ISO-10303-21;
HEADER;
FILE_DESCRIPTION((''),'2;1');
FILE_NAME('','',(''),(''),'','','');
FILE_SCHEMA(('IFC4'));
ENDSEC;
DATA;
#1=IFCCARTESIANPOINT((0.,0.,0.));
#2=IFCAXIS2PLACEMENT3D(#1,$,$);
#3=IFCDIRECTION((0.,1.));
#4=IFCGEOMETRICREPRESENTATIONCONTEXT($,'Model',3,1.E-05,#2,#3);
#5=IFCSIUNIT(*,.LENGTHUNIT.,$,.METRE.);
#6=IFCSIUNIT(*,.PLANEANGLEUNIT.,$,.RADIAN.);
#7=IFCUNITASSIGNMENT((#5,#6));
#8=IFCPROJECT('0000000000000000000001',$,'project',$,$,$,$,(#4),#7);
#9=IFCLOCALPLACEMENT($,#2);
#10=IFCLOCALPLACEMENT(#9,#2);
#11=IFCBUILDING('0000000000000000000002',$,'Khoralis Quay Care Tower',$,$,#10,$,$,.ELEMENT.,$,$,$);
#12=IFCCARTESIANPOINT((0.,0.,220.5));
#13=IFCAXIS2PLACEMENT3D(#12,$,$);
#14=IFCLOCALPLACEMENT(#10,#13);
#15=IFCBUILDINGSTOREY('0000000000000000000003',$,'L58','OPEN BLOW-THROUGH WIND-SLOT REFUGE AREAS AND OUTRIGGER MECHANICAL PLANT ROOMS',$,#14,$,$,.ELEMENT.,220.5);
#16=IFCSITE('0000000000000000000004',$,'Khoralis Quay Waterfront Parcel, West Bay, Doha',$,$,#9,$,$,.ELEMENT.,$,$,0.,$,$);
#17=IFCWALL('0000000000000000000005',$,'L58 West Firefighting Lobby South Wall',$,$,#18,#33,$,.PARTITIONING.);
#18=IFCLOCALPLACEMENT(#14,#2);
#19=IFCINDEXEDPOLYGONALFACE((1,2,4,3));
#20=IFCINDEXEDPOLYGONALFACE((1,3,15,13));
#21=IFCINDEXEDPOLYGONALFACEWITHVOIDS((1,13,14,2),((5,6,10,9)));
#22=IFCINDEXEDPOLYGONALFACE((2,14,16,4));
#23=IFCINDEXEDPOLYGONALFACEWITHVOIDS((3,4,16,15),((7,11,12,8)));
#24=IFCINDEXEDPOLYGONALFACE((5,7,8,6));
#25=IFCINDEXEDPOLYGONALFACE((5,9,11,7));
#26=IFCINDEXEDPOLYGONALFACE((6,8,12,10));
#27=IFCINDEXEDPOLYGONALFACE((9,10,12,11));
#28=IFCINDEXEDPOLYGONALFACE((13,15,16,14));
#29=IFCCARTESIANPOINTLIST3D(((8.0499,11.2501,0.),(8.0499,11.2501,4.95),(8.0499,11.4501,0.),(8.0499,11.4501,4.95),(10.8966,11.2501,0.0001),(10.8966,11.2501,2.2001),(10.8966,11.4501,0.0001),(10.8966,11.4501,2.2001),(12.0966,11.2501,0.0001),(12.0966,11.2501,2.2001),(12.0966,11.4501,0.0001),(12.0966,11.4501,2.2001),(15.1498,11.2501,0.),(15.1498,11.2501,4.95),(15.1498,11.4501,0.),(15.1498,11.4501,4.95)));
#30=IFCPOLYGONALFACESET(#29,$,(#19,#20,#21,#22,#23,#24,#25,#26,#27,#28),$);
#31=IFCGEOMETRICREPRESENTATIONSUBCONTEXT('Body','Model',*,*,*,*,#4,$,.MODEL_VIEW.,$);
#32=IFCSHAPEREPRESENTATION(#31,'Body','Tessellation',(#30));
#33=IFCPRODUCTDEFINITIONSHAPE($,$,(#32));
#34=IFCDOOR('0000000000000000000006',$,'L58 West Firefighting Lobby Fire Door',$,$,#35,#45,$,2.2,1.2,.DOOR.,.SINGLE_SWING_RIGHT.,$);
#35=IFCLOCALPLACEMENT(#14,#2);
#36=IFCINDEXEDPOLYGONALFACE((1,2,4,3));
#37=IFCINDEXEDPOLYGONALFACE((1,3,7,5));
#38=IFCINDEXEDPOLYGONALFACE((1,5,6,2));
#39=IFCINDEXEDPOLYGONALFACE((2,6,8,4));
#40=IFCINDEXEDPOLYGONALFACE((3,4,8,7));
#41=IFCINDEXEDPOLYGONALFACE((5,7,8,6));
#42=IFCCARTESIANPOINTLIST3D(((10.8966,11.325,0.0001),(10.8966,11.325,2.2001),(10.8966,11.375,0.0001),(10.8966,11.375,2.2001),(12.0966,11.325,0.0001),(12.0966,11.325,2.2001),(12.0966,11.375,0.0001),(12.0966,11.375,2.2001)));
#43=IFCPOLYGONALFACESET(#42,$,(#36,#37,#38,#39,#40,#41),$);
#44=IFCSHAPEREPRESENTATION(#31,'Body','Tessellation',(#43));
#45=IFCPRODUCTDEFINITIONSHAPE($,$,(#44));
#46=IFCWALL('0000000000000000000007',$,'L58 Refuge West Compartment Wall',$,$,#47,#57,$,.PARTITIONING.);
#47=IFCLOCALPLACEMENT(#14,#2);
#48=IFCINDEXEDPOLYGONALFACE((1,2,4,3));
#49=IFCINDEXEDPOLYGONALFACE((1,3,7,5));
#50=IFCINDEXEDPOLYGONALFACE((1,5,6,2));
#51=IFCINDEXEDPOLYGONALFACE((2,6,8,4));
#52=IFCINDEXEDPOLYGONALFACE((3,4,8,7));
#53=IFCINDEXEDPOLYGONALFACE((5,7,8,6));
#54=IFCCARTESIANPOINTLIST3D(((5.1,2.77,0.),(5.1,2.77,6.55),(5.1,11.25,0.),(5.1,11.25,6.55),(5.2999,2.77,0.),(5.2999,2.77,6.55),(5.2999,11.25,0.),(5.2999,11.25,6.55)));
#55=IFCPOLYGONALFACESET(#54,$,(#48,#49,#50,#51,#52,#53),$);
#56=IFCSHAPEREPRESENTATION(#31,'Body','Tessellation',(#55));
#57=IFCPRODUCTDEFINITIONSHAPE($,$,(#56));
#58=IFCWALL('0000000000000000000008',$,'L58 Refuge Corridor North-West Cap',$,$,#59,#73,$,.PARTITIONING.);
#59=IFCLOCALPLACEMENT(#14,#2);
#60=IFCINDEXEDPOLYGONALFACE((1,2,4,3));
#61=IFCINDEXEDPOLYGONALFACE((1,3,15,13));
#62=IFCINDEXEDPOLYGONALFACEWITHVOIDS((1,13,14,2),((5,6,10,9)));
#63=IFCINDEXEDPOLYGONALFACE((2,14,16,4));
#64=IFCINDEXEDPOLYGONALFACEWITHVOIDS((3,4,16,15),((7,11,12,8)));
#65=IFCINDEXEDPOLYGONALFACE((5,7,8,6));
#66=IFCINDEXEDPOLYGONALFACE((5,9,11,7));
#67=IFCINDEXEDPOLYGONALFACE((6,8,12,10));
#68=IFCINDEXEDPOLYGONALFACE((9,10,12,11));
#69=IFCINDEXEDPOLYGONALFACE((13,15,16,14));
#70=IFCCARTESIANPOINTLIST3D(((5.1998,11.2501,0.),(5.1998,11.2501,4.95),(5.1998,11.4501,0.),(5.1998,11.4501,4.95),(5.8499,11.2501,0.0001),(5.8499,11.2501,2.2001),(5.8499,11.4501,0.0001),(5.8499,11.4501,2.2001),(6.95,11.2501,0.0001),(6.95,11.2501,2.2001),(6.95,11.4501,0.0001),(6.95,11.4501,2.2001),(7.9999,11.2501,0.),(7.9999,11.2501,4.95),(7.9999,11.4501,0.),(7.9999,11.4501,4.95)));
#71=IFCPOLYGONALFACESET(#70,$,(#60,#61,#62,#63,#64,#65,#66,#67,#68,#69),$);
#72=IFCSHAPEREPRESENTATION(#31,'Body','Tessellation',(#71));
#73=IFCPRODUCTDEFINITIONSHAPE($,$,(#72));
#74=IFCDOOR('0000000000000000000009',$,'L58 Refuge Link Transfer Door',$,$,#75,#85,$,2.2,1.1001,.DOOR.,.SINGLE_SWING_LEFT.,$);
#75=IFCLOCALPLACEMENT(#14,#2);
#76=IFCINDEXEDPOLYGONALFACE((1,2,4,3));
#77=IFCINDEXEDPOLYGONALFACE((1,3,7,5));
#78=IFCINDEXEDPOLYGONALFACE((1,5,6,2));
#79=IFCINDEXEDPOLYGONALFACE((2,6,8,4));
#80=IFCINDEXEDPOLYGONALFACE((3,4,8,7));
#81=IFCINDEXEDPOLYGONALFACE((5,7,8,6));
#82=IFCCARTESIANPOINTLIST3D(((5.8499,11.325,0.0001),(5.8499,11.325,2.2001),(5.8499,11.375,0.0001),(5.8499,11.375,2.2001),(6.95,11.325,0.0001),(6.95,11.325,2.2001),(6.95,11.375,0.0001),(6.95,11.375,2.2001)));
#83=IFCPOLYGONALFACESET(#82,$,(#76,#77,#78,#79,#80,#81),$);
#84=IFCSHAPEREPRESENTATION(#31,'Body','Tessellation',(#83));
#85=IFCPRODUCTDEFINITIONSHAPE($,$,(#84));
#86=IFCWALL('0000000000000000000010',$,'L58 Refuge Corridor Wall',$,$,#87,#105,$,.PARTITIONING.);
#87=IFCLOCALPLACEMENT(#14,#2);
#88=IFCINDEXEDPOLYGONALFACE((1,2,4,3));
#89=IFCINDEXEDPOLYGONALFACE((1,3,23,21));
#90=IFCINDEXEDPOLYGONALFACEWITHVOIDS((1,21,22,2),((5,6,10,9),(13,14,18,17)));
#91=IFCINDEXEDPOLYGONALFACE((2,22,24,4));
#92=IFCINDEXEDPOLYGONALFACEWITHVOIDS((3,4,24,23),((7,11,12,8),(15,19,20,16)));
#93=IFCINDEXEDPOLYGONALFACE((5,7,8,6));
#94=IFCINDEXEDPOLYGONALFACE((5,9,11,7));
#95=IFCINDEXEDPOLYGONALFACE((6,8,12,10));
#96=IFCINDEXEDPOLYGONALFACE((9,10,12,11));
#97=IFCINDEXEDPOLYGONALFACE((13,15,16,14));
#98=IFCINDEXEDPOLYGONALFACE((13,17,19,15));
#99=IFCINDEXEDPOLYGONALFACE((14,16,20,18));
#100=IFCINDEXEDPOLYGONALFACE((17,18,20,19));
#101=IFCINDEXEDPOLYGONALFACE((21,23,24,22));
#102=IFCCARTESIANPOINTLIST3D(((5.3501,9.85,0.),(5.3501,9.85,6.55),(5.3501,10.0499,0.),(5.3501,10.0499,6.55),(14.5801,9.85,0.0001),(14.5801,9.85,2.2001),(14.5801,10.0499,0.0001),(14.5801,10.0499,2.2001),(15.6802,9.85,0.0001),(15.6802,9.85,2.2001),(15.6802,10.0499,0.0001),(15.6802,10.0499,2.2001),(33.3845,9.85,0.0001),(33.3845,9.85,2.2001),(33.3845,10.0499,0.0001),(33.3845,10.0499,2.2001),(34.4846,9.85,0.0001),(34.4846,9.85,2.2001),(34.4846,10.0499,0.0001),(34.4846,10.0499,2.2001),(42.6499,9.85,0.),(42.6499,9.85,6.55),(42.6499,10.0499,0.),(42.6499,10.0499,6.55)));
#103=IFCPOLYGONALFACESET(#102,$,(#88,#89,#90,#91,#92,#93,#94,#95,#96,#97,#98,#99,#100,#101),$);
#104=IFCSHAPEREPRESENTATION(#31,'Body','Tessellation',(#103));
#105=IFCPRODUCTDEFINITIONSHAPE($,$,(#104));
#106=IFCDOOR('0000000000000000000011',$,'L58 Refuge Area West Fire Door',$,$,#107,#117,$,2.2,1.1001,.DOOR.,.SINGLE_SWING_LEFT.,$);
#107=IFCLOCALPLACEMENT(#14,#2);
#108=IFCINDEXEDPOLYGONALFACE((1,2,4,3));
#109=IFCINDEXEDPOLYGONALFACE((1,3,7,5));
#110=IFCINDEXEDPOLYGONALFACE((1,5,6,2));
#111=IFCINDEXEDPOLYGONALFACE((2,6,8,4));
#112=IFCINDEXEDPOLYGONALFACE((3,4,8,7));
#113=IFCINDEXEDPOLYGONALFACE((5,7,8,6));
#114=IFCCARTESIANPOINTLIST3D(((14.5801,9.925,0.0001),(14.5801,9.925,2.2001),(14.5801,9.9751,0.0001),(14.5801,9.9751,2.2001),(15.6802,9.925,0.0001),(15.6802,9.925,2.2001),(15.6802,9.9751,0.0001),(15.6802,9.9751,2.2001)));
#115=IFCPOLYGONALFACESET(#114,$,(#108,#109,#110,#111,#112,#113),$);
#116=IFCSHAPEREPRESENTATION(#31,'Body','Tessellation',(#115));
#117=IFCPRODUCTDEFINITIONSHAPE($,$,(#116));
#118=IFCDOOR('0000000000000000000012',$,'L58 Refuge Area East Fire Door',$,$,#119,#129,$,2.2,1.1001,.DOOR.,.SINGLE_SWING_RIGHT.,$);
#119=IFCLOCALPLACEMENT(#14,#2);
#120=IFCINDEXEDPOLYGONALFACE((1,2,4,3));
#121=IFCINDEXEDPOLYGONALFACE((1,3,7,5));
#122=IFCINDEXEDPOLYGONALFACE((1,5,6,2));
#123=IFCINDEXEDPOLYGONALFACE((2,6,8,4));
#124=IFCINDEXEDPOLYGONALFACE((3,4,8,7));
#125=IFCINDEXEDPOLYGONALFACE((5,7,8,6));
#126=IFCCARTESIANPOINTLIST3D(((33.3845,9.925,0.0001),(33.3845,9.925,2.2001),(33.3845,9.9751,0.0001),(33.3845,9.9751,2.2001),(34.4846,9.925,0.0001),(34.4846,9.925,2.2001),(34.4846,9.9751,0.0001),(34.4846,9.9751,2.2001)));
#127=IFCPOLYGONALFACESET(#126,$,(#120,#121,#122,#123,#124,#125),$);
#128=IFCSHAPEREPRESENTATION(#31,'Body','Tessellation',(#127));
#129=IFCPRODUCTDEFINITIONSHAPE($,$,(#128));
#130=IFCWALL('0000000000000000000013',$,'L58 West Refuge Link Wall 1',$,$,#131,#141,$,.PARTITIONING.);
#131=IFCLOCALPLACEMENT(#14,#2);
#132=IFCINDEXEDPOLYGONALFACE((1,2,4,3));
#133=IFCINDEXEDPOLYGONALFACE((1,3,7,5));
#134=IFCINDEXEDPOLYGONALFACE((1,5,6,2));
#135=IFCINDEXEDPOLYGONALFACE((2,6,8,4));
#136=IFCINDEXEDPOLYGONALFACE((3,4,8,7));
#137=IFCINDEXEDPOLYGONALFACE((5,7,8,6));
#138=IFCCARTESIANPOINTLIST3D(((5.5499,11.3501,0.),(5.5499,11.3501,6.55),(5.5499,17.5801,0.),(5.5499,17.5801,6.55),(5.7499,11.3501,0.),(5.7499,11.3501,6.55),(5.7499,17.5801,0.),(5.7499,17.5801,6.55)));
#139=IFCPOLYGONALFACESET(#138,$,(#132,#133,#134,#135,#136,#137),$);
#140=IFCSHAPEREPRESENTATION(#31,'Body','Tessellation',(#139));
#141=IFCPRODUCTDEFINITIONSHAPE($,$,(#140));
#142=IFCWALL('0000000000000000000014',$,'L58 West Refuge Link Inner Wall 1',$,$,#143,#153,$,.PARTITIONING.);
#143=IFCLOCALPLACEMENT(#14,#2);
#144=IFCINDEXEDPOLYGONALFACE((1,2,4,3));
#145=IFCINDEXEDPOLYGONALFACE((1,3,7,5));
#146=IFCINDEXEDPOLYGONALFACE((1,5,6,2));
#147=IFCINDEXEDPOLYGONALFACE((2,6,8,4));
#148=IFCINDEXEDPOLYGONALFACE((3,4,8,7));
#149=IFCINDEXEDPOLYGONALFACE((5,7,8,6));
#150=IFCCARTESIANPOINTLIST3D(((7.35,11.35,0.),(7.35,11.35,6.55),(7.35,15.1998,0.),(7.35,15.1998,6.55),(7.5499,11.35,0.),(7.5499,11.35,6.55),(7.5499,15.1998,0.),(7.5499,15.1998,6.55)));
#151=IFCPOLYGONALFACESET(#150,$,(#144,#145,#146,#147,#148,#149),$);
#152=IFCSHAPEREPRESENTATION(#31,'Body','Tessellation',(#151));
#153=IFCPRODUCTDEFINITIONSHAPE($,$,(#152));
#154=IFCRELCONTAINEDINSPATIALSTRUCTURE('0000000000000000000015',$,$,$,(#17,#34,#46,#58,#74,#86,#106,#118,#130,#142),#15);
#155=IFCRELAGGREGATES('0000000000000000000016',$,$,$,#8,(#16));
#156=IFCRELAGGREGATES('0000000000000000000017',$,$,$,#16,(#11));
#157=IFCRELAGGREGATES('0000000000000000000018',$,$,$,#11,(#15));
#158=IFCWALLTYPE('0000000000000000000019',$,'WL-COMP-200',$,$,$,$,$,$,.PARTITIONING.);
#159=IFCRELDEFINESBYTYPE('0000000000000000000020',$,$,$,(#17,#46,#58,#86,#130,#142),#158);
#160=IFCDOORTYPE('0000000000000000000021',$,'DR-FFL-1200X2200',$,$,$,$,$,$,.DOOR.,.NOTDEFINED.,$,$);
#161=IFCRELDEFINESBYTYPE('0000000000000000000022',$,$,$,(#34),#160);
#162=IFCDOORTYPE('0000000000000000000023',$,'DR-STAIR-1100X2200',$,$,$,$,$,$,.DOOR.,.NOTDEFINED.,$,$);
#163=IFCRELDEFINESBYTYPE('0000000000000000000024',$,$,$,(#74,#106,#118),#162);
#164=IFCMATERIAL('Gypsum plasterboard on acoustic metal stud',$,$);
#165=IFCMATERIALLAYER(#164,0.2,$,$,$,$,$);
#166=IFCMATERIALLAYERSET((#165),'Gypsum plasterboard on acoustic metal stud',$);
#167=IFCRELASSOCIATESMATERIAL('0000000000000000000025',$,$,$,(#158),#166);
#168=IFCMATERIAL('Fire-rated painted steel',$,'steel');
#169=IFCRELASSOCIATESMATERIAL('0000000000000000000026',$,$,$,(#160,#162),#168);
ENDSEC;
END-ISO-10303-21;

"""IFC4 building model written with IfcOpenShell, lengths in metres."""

from ifc_helpers import new_model, si_unit, direction, frame, frame_2d, origin, place, context, subcontext, project, spatial, rectangle, extrude, source, transform, mapped, material, layer, layer_set, type_object, element, fill, save


model = new_model("IFC4")

# Units and contexts
model_context = context("Model", 3, precision=1e-05, world=origin(), true_north=direction((0.0, 1.0)))
body_context = subcontext(model_context, "Body", "Model", "MODEL_VIEW")
ifc_project = project(units=[si_unit("LENGTHUNIT", "METRE"), si_unit("PLANEANGLEUNIT", "RADIAN")], contexts=[model_context])

# Site, building, storey
site_placement = place(None, origin())
site = spatial("IfcSite", under=ifc_project, at=site_placement, Name="Khoralis Quay Waterfront Parcel, West Bay, Doha", CompositionType="ELEMENT", RefElevation=0.0)
building_placement = place(site_placement, origin())
building = spatial("IfcBuilding", under=site, at=building_placement, Name="Khoralis Quay Care Tower", CompositionType="ELEMENT")
storey_placement = place(building_placement, frame((0.0, 0.0, 220.5)))
storey = spatial("IfcBuildingStorey", under=building, at=storey_placement, Name="L58", Description="OPEN BLOW-THROUGH WIND-SLOT REFUGE AREAS AND OUTRIGGER MECHANICAL PLANT ROOMS", CompositionType="ELEMENT", Elevation=220.5)

# Wall, opening, door
ifc_material_1 = material(Name="Gypsum plasterboard on acoustic metal stud")
ifc_layer_1 = layer(ifc_material_1, 0.2)
ifc_layer_set_1 = layer_set([ifc_layer_1], Name="Gypsum plasterboard on acoustic metal stud")
wall_type_1 = type_object("IfcWallType", Name="WL-COMP-200", PredefinedType="PARTITIONING", material=ifc_layer_set_1)
wall_1_placement = place(storey_placement, frame((8.05, 11.3501, 0.0), z_axis=(0.0, 0.0, 1.0), x_axis=(1.0, 0.0, 0.0)))
wall_1 = element("IfcWall", 1, at=wall_1_placement, inside=storey, type_object=wall_type_1, Name="L58 West Firefighting Lobby South Wall", PredefinedType="PARTITIONING", context=body_context, shape_type="SweptSolid", body=[
    extrude(rectangle(XDim=7.0999, YDim=0.2, at=frame_2d((3.5498, 0.0))), origin(), (0.0, 0.0, 1.0), 4.95),
])
opening_1_placement = place(wall_1_placement, frame((2.8464, 0.0, 0.0)))
opening_1 = element("IfcOpeningElement", 2, at=opening_1_placement, cuts=wall_1, PredefinedType="OPENING", context=body_context, shape_type="SweptSolid", body=[
    extrude(rectangle(XDim=1.2, YDim=2.2, at=frame_2d((0.6001, 1.1001))), frame((0.0, 0.1099, 0.0), z_axis=(0.0, -1.0, 0.0), x_axis=(1.0, 0.0, 0.0)), (0.0, 0.0, 1.0), 0.22),
])
ifc_material_2 = material(Name="Fire-rated painted steel", Category="steel")
door_type_1 = type_object("IfcDoorType", Name="DR-FFL-1200X2200", OperationType="NOTDEFINED", PredefinedType="DOOR", material=ifc_material_2)
shared_shape_1 = source(origin(), body_context, "Body", "SweptSolid", [
    extrude(rectangle(XDim=1.2, YDim=2.2, at=frame_2d((0.6001, 1.1001))), frame((0.0, 0.0249, 0.0), z_axis=(0.0, -1.0, 0.0), x_axis=(1.0, 0.0, 0.0)), (0.0, 0.0, 1.0), 0.05),
])
door_1_placement = place(opening_1_placement, origin())
door_1 = element("IfcDoor", 3, at=door_1_placement, inside=storey, type_object=door_type_1, Name="L58 West Firefighting Lobby Fire Door", OperationType="SINGLE_SWING_RIGHT", OverallHeight=2.2, OverallWidth=1.2, PredefinedType="DOOR", context=body_context, shape_type="MappedRepresentation", body=[
    mapped(shared_shape_1, transform((0.0, 0.0, 0.0), scale=1.0)),
])
fill(opening_1, door_1)

# Wall
wall_2_placement = place(storey_placement, frame((5.2, 2.77, 0.0), z_axis=(0.0, 0.0, 1.0), x_axis=(0.0, 1.0, 0.0)))
element("IfcWall", 4, at=wall_2_placement, inside=storey, type_object=wall_type_1, Name="L58 Refuge West Compartment Wall", PredefinedType="PARTITIONING", context=body_context, shape_type="SweptSolid", body=[
    extrude(rectangle(XDim=8.48, YDim=0.2, at=frame_2d((4.24, 0.0))), origin(), (0.0, 0.0, 1.0), 6.55),
])

# Wall, opening, door
wall_3_placement = place(storey_placement, frame((5.2, 11.3501, 0.0), z_axis=(0.0, 0.0, 1.0), x_axis=(1.0, 0.0, 0.0)))
wall_3 = element("IfcWall", 5, at=wall_3_placement, inside=storey, type_object=wall_type_1, Name="L58 Refuge Corridor North-West Cap", PredefinedType="PARTITIONING", context=body_context, shape_type="SweptSolid", body=[
    extrude(rectangle(XDim=2.8, YDim=0.2, at=frame_2d((1.3999, 0.0))), origin(), (0.0, 0.0, 1.0), 4.95),
])
opening_2_placement = place(wall_3_placement, frame((0.6499, 0.0, 0.0)))
opening_2 = element("IfcOpeningElement", 6, at=opening_2_placement, cuts=wall_3, PredefinedType="OPENING", context=body_context, shape_type="SweptSolid", body=[
    extrude(rectangle(XDim=1.1001, YDim=2.2, at=frame_2d((0.55, 1.1001))), frame((0.0, 0.1099, 0.0), z_axis=(0.0, -1.0, 0.0), x_axis=(1.0, 0.0, 0.0)), (0.0, 0.0, 1.0), 0.22),
])
door_type_2 = type_object("IfcDoorType", Name="DR-STAIR-1100X2200", OperationType="NOTDEFINED", PredefinedType="DOOR", material=ifc_material_2)
shared_shape_2 = source(origin(), body_context, "Body", "SweptSolid", [
    extrude(rectangle(XDim=1.1001, YDim=2.2, at=frame_2d((0.55, 1.1001))), frame((0.0, 0.0249, 0.0), z_axis=(0.0, -1.0, 0.0), x_axis=(1.0, 0.0, 0.0)), (0.0, 0.0, 1.0), 0.05),
])
door_2_placement = place(opening_2_placement, origin())
door_2 = element("IfcDoor", 7, at=door_2_placement, inside=storey, type_object=door_type_2, Name="L58 Refuge Link Transfer Door", OperationType="SINGLE_SWING_LEFT", OverallHeight=2.2, OverallWidth=1.1001, PredefinedType="DOOR", context=body_context, shape_type="MappedRepresentation", body=[
    mapped(shared_shape_2, transform((0.0, 0.0, 0.0), scale=1.0)),
])
fill(opening_2, door_2)

# Wall, openings, doors
wall_4_placement = place(storey_placement, frame((5.3501, 9.95, 0.0), z_axis=(0.0, 0.0, 1.0), x_axis=(1.0, 0.0, 0.0)))
wall_4 = element("IfcWall", 8, at=wall_4_placement, inside=storey, type_object=wall_type_1, Name="L58 Refuge Corridor Wall", PredefinedType="PARTITIONING", context=body_context, shape_type="SweptSolid", body=[
    extrude(rectangle(XDim=37.2998, YDim=0.2, at=frame_2d((18.6499, 0.0))), origin(), (0.0, 0.0, 1.0), 6.55),
])
opening_3_placement = place(wall_4_placement, frame((9.23, 0.0, 0.0)))
opening_3 = element("IfcOpeningElement", 9, at=opening_3_placement, cuts=wall_4, PredefinedType="OPENING", context=body_context, shape_type="SweptSolid", body=[
    extrude(rectangle(XDim=1.1001, YDim=2.2, at=frame_2d((0.55, 1.1001))), frame((0.0, 0.1099, 0.0), z_axis=(0.0, -1.0, 0.0), x_axis=(1.0, 0.0, 0.0)), (0.0, 0.0, 1.0), 0.22),
])
opening_4_placement = place(wall_4_placement, frame((28.0344, 0.0, 0.0)))
opening_4 = element("IfcOpeningElement", 10, at=opening_4_placement, cuts=wall_4, PredefinedType="OPENING", context=body_context, shape_type="SweptSolid", body=[
    extrude(rectangle(XDim=1.1001, YDim=2.2, at=frame_2d((0.55, 1.1001))), frame((0.0, 0.1099, 0.0), z_axis=(0.0, -1.0, 0.0), x_axis=(1.0, 0.0, 0.0)), (0.0, 0.0, 1.0), 0.22),
])
door_3_placement = place(opening_3_placement, frame((1.1001, 0.0, 0.0), z_axis=(0.0, 0.0, 1.0), x_axis=(-1.0, 0.0, 0.0)))
door_3 = element("IfcDoor", 11, at=door_3_placement, inside=storey, type_object=door_type_2, Name="L58 Refuge Area West Fire Door", OperationType="SINGLE_SWING_LEFT", OverallHeight=2.2, OverallWidth=1.1001, PredefinedType="DOOR", context=body_context, shape_type="MappedRepresentation", body=[
    mapped(shared_shape_2, transform((0.0, 0.0, 0.0), scale=1.0)),
])
fill(opening_3, door_3)
door_4_placement = place(opening_4_placement, frame((1.1001, 0.0, 0.0), z_axis=(0.0, 0.0, 1.0), x_axis=(-1.0, 0.0, 0.0)))
door_4 = element("IfcDoor", 12, at=door_4_placement, inside=storey, type_object=door_type_2, Name="L58 Refuge Area East Fire Door", OperationType="SINGLE_SWING_RIGHT", OverallHeight=2.2, OverallWidth=1.1001, PredefinedType="DOOR", context=body_context, shape_type="MappedRepresentation", body=[
    mapped(shared_shape_2, transform((0.0, 0.0, 0.0), scale=1.0)),
])
fill(opening_4, door_4)

# Walls
wall_5_placement = place(storey_placement, frame((5.6499, 11.3501, 0.0), z_axis=(0.0, 0.0, 1.0), x_axis=(0.0, 1.0, 0.0)))
element("IfcWall", 13, at=wall_5_placement, inside=storey, type_object=wall_type_1, Name="L58 West Refuge Link Wall 1", PredefinedType="PARTITIONING", context=body_context, shape_type="SweptSolid", body=[
    extrude(rectangle(XDim=6.23, YDim=0.2, at=frame_2d((3.115, 0.0))), origin(), (0.0, 0.0, 1.0), 6.55),
])
wall_6_placement = place(storey_placement, frame((7.45, 11.3501, 0.0), z_axis=(0.0, 0.0, 1.0), x_axis=(0.0, 1.0, 0.0)))
element("IfcWall", 14, at=wall_6_placement, inside=storey, type_object=wall_type_1, Name="L58 West Refuge Link Inner Wall 1", PredefinedType="PARTITIONING", context=body_context, shape_type="SweptSolid", body=[
    extrude(rectangle(XDim=3.8499, YDim=0.2, at=frame_2d((1.9248, 0.0))), origin(), (0.0, 0.0, 1.0), 6.55),
])

save(model, "model.ifc")
